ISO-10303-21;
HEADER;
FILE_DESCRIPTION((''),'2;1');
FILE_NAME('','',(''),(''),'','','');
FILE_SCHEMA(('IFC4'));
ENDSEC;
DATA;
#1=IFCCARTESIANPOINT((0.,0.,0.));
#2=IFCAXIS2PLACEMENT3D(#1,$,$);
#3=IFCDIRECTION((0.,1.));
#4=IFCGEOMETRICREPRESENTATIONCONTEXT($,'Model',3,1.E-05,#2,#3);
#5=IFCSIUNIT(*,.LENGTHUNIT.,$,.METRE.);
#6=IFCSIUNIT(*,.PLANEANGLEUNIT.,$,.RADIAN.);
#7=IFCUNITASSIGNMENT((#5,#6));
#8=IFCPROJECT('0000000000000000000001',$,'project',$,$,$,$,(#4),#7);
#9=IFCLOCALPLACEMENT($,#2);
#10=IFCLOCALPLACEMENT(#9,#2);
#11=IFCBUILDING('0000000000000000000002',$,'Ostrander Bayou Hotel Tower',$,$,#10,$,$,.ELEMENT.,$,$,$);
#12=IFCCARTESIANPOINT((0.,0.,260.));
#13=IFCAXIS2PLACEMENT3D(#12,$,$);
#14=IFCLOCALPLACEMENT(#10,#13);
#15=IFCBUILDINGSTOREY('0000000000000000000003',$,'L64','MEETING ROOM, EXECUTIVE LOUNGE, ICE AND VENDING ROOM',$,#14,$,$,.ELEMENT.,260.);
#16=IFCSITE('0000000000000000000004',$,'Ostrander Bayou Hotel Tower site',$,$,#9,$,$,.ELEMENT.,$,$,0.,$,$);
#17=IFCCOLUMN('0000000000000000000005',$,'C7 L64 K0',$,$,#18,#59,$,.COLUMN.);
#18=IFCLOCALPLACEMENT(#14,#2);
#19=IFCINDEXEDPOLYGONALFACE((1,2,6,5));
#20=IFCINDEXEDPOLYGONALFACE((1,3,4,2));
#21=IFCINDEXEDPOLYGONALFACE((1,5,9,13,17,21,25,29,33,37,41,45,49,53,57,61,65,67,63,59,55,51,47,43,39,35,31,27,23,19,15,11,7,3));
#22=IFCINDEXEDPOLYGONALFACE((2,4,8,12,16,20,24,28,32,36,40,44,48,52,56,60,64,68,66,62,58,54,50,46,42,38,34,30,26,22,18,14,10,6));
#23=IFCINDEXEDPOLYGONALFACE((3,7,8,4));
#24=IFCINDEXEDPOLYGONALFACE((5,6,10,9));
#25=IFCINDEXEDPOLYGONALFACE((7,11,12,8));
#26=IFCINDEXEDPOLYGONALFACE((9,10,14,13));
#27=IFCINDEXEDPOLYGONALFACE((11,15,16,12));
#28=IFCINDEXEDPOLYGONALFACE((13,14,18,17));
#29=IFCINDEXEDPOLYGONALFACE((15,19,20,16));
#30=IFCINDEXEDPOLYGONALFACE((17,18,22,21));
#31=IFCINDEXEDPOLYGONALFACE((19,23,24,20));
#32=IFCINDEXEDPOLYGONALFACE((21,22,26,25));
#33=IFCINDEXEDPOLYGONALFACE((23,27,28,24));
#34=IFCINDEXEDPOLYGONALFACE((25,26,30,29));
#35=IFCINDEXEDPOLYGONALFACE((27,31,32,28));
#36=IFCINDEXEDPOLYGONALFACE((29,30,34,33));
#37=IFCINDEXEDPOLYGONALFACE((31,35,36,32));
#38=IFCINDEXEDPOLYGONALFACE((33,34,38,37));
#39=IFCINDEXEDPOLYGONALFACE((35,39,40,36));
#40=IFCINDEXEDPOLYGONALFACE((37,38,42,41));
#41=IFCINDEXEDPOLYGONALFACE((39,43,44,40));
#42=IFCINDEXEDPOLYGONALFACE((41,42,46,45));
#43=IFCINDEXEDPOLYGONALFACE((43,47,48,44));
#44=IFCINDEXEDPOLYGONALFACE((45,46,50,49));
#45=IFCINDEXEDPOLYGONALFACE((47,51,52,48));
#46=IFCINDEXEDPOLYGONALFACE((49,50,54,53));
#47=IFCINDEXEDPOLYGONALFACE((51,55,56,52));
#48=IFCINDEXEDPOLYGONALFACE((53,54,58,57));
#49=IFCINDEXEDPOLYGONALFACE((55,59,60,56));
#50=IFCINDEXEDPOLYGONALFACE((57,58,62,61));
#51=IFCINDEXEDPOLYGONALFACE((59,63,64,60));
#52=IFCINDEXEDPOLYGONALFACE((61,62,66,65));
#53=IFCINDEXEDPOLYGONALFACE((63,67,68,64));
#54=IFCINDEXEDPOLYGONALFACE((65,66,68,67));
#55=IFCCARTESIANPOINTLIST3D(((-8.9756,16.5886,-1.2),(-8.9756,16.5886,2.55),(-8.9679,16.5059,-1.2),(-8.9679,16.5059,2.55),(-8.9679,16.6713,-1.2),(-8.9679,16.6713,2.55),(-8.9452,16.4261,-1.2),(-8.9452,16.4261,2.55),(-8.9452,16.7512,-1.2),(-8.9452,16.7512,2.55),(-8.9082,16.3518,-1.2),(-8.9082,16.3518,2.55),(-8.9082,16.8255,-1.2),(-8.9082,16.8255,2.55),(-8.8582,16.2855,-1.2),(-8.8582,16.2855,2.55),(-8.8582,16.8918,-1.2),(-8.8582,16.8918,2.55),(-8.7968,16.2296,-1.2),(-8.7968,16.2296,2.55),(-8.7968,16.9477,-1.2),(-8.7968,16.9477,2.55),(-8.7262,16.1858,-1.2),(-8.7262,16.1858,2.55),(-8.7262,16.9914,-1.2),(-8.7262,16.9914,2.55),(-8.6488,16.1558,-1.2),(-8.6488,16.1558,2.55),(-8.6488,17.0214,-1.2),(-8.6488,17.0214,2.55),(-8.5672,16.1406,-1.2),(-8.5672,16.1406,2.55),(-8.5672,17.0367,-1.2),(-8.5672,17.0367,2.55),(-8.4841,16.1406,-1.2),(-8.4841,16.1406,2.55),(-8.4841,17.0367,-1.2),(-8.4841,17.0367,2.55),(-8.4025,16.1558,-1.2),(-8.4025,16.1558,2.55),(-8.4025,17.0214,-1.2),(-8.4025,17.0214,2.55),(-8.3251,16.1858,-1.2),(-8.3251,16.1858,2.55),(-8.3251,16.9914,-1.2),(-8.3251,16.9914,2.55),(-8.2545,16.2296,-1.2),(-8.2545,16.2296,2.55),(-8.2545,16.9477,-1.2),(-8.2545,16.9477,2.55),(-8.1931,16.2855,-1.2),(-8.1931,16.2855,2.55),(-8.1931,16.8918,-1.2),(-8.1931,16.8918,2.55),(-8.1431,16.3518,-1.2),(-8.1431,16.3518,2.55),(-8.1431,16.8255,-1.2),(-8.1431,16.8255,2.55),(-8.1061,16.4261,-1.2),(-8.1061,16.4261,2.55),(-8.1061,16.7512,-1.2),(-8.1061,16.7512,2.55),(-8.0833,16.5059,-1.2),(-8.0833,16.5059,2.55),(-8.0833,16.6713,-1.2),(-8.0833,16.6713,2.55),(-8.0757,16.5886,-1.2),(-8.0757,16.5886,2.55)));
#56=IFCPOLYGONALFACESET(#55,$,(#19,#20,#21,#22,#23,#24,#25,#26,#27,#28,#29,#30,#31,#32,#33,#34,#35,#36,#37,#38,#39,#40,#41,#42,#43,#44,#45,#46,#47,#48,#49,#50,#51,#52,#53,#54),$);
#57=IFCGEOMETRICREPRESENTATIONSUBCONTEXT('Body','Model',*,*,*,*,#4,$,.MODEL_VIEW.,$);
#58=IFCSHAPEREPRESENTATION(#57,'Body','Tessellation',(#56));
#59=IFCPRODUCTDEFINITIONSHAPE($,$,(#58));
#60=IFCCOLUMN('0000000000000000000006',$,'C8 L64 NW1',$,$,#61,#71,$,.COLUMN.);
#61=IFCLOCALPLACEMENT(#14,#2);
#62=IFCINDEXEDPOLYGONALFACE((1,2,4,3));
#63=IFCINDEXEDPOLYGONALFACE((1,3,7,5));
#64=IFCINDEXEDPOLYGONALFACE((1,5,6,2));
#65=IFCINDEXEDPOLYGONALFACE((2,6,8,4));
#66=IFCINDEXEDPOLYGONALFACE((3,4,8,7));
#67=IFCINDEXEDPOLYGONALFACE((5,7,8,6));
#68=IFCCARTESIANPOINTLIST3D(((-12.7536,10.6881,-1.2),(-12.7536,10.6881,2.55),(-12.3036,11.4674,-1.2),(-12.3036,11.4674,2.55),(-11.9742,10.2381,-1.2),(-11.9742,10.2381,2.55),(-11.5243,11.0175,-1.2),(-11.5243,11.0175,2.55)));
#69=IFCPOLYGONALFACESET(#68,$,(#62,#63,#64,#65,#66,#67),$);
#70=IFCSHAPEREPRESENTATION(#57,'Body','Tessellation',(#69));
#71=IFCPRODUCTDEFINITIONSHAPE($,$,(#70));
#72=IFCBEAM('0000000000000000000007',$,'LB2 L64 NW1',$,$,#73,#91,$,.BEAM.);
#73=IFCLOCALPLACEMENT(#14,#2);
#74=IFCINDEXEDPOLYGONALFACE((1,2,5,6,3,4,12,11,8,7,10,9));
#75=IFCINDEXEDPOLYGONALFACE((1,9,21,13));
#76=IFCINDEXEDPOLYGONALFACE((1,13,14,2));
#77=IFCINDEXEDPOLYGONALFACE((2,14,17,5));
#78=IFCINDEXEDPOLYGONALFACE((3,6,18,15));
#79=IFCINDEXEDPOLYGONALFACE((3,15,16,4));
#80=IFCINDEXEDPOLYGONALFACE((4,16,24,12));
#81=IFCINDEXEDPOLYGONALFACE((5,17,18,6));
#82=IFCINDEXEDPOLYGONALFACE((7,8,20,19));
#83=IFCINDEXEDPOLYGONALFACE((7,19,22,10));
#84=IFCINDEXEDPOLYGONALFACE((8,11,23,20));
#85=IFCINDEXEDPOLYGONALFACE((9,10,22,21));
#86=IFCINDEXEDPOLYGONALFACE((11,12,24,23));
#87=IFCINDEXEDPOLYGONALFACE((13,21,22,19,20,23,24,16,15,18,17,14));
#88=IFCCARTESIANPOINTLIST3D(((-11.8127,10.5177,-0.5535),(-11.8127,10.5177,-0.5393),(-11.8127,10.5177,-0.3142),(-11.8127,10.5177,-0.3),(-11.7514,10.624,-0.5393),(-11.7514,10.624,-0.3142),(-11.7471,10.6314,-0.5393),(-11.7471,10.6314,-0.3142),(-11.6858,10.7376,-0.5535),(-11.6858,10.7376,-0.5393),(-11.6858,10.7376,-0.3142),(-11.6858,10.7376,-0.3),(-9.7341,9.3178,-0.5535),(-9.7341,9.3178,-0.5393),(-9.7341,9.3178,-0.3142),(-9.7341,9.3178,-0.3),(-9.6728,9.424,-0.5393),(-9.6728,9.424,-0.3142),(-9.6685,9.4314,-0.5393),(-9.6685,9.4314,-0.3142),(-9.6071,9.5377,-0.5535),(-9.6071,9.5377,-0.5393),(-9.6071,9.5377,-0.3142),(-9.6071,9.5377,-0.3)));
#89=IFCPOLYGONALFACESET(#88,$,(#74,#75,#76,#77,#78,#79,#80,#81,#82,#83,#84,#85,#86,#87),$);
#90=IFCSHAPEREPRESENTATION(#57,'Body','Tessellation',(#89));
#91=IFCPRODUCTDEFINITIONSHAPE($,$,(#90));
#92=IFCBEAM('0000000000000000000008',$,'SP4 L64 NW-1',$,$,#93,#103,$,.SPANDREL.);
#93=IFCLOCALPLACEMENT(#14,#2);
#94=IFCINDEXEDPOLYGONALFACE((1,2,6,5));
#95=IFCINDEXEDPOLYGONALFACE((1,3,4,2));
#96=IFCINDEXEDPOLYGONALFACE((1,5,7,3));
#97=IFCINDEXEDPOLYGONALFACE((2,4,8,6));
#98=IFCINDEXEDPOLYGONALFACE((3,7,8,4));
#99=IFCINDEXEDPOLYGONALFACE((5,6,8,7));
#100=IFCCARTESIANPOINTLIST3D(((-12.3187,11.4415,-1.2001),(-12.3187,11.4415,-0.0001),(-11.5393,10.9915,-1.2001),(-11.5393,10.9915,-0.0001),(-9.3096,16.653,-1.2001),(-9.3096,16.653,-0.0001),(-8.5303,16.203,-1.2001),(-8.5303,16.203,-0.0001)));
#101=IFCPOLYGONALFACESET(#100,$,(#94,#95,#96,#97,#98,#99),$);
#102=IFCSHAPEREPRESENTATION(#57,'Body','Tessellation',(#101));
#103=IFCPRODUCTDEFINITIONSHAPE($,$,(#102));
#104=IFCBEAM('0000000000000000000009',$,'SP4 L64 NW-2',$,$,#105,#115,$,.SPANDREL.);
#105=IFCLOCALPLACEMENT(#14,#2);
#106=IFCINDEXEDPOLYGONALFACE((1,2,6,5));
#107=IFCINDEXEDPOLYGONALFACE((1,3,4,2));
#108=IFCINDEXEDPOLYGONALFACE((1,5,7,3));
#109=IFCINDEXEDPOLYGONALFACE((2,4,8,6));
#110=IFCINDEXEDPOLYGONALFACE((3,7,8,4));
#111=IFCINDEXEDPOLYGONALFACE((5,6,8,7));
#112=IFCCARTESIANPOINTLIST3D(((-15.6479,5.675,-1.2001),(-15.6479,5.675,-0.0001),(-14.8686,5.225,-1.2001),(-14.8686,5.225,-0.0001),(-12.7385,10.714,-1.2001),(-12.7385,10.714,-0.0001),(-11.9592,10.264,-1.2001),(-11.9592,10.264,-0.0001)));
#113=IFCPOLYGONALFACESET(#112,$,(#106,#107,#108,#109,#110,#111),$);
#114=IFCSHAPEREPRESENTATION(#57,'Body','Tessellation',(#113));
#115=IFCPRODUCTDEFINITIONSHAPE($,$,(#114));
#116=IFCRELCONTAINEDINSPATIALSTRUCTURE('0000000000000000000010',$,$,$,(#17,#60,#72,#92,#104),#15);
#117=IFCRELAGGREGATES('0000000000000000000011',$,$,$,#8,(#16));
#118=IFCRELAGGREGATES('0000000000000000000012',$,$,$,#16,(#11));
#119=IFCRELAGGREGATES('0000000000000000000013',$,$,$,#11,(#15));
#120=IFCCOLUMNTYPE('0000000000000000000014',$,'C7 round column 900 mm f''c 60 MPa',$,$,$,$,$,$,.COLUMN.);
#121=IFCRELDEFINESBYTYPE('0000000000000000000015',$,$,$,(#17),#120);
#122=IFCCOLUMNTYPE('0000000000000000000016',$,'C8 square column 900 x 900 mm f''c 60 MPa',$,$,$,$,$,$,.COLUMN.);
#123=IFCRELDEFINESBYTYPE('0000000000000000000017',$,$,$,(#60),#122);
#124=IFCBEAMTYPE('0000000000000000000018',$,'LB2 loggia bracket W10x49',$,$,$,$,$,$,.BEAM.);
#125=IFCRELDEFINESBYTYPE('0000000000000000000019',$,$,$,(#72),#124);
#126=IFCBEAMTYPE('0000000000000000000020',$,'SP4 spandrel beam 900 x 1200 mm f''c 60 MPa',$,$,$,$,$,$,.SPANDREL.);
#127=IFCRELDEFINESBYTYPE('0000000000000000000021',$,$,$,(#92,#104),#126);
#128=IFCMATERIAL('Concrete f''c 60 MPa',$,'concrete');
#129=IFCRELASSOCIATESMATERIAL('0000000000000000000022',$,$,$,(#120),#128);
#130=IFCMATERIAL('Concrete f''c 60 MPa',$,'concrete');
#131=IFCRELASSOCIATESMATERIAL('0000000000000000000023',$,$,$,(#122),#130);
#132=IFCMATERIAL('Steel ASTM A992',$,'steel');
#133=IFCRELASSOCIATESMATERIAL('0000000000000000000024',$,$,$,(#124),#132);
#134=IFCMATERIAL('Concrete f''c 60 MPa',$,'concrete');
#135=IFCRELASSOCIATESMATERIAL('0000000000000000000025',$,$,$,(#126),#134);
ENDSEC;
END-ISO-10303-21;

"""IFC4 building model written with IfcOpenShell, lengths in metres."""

from ifc_helpers import new_model, si_unit, direction, frame, origin, origin_2d, place, context, subcontext, project, spatial, rectangle, circle, i_section, extrude, material, material_profile, profile_set, type_object, element, save


model = new_model("IFC4")

# Units and contexts
model_context = context("Model", 3, precision=1e-05, world=origin(), true_north=direction((0.0, 1.0)))
body_context = subcontext(model_context, "Body", "Model", "MODEL_VIEW")
ifc_project = project(units=[si_unit("LENGTHUNIT", "METRE"), si_unit("PLANEANGLEUNIT", "RADIAN")], contexts=[model_context])

# Site, building, storey
site_placement = place(None, origin())
site = spatial("IfcSite", under=ifc_project, at=site_placement, Name="Ostrander Bayou Hotel Tower site", CompositionType="ELEMENT", RefElevation=0.0)
building_placement = place(site_placement, origin())
building = spatial("IfcBuilding", under=site, at=building_placement, Name="Ostrander Bayou Hotel Tower", CompositionType="ELEMENT")
storey_placement = place(building_placement, frame((0.0, 0.0, 260.0)))
storey = spatial("IfcBuildingStorey", under=building, at=storey_placement, Name="L64", Description="MEETING ROOM, EXECUTIVE LOUNGE, ICE AND VENDING ROOM", CompositionType="ELEMENT", Elevation=260.0)

# Columns
ifc_material_1 = material(Name="Concrete f'c 60 MPa", Category="concrete")
ifc_material_profile_1 = material_profile(ifc_material_1, circle(Radius=0.45, at=origin_2d()))
ifc_profile_set_1 = profile_set([ifc_material_profile_1], Name="Concrete f'c 60 MPa")
column_type_1 = type_object("IfcColumnType", Name="C7 round column 900 mm f'c 60 MPa", PredefinedType="COLUMN", material=ifc_profile_set_1)
column_1_placement = place(storey_placement, frame((-8.5256, 16.5886, -1.2), z_axis=(0.0, 0.0, 1.0), x_axis=(1.0, 0.0, 0.0)))
element("IfcColumn", 1, at=column_1_placement, inside=storey, type_object=column_type_1, Name="C7 L64 K0", PredefinedType="COLUMN", context=body_context, shape_type="SweptSolid", body=[
    extrude(circle(Radius=0.45, at=origin_2d()), origin(), (0.0, 0.0, 1.0), 3.75),
])
ifc_material_2 = material(Name="Concrete f'c 60 MPa", Category="concrete")
ifc_material_profile_2 = material_profile(ifc_material_2, rectangle(XDim=0.8999, YDim=0.8999, at=origin_2d()))
ifc_profile_set_2 = profile_set([ifc_material_profile_2], Name="Concrete f'c 60 MPa")
column_type_2 = type_object("IfcColumnType", Name="C8 square column 900 x 900 mm f'c 60 MPa", PredefinedType="COLUMN", material=ifc_profile_set_2)
column_2_placement = place(storey_placement, frame((-12.1389, 10.8528, -1.2), z_axis=(0.0, 0.0, 1.0), x_axis=(0.5, 0.866025, 0.0)))
element("IfcColumn", 2, at=column_2_placement, inside=storey, type_object=column_type_2, Name="C8 L64 NW1", PredefinedType="COLUMN", context=body_context, shape_type="SweptSolid", body=[
    extrude(rectangle(XDim=0.8999, YDim=0.8999, at=origin_2d()), origin(), (0.0, 0.0, 1.0), 3.75),
])

# Beams
ifc_material_3 = material(Name="Steel ASTM A992", Category="steel")
ifc_material_profile_3 = material_profile(ifc_material_3, i_section(OverallWidth=0.2539, OverallDepth=0.2534, WebThickness=0.0085, FlangeThickness=0.0142, at=origin_2d()))
ifc_profile_set_3 = profile_set([ifc_material_profile_3], Name="Steel ASTM A992")
beam_type_1 = type_object("IfcBeamType", Name="LB2 loggia bracket W10x49", PredefinedType="BEAM", material=ifc_profile_set_3)
beam_1_placement = place(storey_placement, frame((-11.7493, 10.6277, -0.4268), z_axis=(0.86605, -0.499957, 0.0), x_axis=(0.499957, 0.86605, 0.0)))
element("IfcBeam", 3, at=beam_1_placement, inside=storey, type_object=beam_type_1, Name="LB2 L64 NW1", PredefinedType="BEAM", context=body_context, shape_type="SweptSolid", body=[
    extrude(i_section(OverallWidth=0.2539, OverallDepth=0.2534, WebThickness=0.0085, FlangeThickness=0.0142, at=origin_2d()), origin(), (0.0, 0.0, 1.0), 2.4001),
])
ifc_material_4 = material(Name="Concrete f'c 60 MPa", Category="concrete")
ifc_material_profile_4 = material_profile(ifc_material_4, rectangle(XDim=0.8999, YDim=1.2, at=origin_2d()))
ifc_profile_set_4 = profile_set([ifc_material_profile_4], Name="Concrete f'c 60 MPa")
beam_type_2 = type_object("IfcBeamType", Name="SP4 spandrel beam 900 x 1200 mm f'c 60 MPa", PredefinedType="SPANDREL", material=ifc_profile_set_4)
beam_2_placement = place(storey_placement, frame((-8.9199, 16.428, -0.6001), z_axis=(-0.500027, -0.86601, 0.0), x_axis=(0.86601, -0.500027, 0.0)))
element("IfcBeam", 4, at=beam_2_placement, inside=storey, type_object=beam_type_2, Name="SP4 L64 NW-1", PredefinedType="SPANDREL", context=body_context, shape_type="SweptSolid", body=[
    extrude(rectangle(XDim=0.8999, YDim=1.2, at=origin_2d()), origin(), (0.0, 0.0, 1.0), 6.0178),
])
beam_3_placement = place(storey_placement, frame((-12.3489, 10.489, -0.6001), z_axis=(-0.500015, -0.866016, 0.0), x_axis=(0.866016, -0.500015, 0.0)))
element("IfcBeam", 5, at=beam_3_placement, inside=storey, type_object=beam_type_2, Name="SP4 L64 NW-2", PredefinedType="SPANDREL", context=body_context, shape_type="SweptSolid", body=[
    extrude(rectangle(XDim=0.8999, YDim=1.2, at=origin_2d()), origin(), (0.0, 0.0, 1.0), 5.8186),
])

save(model, "model.ifc")
